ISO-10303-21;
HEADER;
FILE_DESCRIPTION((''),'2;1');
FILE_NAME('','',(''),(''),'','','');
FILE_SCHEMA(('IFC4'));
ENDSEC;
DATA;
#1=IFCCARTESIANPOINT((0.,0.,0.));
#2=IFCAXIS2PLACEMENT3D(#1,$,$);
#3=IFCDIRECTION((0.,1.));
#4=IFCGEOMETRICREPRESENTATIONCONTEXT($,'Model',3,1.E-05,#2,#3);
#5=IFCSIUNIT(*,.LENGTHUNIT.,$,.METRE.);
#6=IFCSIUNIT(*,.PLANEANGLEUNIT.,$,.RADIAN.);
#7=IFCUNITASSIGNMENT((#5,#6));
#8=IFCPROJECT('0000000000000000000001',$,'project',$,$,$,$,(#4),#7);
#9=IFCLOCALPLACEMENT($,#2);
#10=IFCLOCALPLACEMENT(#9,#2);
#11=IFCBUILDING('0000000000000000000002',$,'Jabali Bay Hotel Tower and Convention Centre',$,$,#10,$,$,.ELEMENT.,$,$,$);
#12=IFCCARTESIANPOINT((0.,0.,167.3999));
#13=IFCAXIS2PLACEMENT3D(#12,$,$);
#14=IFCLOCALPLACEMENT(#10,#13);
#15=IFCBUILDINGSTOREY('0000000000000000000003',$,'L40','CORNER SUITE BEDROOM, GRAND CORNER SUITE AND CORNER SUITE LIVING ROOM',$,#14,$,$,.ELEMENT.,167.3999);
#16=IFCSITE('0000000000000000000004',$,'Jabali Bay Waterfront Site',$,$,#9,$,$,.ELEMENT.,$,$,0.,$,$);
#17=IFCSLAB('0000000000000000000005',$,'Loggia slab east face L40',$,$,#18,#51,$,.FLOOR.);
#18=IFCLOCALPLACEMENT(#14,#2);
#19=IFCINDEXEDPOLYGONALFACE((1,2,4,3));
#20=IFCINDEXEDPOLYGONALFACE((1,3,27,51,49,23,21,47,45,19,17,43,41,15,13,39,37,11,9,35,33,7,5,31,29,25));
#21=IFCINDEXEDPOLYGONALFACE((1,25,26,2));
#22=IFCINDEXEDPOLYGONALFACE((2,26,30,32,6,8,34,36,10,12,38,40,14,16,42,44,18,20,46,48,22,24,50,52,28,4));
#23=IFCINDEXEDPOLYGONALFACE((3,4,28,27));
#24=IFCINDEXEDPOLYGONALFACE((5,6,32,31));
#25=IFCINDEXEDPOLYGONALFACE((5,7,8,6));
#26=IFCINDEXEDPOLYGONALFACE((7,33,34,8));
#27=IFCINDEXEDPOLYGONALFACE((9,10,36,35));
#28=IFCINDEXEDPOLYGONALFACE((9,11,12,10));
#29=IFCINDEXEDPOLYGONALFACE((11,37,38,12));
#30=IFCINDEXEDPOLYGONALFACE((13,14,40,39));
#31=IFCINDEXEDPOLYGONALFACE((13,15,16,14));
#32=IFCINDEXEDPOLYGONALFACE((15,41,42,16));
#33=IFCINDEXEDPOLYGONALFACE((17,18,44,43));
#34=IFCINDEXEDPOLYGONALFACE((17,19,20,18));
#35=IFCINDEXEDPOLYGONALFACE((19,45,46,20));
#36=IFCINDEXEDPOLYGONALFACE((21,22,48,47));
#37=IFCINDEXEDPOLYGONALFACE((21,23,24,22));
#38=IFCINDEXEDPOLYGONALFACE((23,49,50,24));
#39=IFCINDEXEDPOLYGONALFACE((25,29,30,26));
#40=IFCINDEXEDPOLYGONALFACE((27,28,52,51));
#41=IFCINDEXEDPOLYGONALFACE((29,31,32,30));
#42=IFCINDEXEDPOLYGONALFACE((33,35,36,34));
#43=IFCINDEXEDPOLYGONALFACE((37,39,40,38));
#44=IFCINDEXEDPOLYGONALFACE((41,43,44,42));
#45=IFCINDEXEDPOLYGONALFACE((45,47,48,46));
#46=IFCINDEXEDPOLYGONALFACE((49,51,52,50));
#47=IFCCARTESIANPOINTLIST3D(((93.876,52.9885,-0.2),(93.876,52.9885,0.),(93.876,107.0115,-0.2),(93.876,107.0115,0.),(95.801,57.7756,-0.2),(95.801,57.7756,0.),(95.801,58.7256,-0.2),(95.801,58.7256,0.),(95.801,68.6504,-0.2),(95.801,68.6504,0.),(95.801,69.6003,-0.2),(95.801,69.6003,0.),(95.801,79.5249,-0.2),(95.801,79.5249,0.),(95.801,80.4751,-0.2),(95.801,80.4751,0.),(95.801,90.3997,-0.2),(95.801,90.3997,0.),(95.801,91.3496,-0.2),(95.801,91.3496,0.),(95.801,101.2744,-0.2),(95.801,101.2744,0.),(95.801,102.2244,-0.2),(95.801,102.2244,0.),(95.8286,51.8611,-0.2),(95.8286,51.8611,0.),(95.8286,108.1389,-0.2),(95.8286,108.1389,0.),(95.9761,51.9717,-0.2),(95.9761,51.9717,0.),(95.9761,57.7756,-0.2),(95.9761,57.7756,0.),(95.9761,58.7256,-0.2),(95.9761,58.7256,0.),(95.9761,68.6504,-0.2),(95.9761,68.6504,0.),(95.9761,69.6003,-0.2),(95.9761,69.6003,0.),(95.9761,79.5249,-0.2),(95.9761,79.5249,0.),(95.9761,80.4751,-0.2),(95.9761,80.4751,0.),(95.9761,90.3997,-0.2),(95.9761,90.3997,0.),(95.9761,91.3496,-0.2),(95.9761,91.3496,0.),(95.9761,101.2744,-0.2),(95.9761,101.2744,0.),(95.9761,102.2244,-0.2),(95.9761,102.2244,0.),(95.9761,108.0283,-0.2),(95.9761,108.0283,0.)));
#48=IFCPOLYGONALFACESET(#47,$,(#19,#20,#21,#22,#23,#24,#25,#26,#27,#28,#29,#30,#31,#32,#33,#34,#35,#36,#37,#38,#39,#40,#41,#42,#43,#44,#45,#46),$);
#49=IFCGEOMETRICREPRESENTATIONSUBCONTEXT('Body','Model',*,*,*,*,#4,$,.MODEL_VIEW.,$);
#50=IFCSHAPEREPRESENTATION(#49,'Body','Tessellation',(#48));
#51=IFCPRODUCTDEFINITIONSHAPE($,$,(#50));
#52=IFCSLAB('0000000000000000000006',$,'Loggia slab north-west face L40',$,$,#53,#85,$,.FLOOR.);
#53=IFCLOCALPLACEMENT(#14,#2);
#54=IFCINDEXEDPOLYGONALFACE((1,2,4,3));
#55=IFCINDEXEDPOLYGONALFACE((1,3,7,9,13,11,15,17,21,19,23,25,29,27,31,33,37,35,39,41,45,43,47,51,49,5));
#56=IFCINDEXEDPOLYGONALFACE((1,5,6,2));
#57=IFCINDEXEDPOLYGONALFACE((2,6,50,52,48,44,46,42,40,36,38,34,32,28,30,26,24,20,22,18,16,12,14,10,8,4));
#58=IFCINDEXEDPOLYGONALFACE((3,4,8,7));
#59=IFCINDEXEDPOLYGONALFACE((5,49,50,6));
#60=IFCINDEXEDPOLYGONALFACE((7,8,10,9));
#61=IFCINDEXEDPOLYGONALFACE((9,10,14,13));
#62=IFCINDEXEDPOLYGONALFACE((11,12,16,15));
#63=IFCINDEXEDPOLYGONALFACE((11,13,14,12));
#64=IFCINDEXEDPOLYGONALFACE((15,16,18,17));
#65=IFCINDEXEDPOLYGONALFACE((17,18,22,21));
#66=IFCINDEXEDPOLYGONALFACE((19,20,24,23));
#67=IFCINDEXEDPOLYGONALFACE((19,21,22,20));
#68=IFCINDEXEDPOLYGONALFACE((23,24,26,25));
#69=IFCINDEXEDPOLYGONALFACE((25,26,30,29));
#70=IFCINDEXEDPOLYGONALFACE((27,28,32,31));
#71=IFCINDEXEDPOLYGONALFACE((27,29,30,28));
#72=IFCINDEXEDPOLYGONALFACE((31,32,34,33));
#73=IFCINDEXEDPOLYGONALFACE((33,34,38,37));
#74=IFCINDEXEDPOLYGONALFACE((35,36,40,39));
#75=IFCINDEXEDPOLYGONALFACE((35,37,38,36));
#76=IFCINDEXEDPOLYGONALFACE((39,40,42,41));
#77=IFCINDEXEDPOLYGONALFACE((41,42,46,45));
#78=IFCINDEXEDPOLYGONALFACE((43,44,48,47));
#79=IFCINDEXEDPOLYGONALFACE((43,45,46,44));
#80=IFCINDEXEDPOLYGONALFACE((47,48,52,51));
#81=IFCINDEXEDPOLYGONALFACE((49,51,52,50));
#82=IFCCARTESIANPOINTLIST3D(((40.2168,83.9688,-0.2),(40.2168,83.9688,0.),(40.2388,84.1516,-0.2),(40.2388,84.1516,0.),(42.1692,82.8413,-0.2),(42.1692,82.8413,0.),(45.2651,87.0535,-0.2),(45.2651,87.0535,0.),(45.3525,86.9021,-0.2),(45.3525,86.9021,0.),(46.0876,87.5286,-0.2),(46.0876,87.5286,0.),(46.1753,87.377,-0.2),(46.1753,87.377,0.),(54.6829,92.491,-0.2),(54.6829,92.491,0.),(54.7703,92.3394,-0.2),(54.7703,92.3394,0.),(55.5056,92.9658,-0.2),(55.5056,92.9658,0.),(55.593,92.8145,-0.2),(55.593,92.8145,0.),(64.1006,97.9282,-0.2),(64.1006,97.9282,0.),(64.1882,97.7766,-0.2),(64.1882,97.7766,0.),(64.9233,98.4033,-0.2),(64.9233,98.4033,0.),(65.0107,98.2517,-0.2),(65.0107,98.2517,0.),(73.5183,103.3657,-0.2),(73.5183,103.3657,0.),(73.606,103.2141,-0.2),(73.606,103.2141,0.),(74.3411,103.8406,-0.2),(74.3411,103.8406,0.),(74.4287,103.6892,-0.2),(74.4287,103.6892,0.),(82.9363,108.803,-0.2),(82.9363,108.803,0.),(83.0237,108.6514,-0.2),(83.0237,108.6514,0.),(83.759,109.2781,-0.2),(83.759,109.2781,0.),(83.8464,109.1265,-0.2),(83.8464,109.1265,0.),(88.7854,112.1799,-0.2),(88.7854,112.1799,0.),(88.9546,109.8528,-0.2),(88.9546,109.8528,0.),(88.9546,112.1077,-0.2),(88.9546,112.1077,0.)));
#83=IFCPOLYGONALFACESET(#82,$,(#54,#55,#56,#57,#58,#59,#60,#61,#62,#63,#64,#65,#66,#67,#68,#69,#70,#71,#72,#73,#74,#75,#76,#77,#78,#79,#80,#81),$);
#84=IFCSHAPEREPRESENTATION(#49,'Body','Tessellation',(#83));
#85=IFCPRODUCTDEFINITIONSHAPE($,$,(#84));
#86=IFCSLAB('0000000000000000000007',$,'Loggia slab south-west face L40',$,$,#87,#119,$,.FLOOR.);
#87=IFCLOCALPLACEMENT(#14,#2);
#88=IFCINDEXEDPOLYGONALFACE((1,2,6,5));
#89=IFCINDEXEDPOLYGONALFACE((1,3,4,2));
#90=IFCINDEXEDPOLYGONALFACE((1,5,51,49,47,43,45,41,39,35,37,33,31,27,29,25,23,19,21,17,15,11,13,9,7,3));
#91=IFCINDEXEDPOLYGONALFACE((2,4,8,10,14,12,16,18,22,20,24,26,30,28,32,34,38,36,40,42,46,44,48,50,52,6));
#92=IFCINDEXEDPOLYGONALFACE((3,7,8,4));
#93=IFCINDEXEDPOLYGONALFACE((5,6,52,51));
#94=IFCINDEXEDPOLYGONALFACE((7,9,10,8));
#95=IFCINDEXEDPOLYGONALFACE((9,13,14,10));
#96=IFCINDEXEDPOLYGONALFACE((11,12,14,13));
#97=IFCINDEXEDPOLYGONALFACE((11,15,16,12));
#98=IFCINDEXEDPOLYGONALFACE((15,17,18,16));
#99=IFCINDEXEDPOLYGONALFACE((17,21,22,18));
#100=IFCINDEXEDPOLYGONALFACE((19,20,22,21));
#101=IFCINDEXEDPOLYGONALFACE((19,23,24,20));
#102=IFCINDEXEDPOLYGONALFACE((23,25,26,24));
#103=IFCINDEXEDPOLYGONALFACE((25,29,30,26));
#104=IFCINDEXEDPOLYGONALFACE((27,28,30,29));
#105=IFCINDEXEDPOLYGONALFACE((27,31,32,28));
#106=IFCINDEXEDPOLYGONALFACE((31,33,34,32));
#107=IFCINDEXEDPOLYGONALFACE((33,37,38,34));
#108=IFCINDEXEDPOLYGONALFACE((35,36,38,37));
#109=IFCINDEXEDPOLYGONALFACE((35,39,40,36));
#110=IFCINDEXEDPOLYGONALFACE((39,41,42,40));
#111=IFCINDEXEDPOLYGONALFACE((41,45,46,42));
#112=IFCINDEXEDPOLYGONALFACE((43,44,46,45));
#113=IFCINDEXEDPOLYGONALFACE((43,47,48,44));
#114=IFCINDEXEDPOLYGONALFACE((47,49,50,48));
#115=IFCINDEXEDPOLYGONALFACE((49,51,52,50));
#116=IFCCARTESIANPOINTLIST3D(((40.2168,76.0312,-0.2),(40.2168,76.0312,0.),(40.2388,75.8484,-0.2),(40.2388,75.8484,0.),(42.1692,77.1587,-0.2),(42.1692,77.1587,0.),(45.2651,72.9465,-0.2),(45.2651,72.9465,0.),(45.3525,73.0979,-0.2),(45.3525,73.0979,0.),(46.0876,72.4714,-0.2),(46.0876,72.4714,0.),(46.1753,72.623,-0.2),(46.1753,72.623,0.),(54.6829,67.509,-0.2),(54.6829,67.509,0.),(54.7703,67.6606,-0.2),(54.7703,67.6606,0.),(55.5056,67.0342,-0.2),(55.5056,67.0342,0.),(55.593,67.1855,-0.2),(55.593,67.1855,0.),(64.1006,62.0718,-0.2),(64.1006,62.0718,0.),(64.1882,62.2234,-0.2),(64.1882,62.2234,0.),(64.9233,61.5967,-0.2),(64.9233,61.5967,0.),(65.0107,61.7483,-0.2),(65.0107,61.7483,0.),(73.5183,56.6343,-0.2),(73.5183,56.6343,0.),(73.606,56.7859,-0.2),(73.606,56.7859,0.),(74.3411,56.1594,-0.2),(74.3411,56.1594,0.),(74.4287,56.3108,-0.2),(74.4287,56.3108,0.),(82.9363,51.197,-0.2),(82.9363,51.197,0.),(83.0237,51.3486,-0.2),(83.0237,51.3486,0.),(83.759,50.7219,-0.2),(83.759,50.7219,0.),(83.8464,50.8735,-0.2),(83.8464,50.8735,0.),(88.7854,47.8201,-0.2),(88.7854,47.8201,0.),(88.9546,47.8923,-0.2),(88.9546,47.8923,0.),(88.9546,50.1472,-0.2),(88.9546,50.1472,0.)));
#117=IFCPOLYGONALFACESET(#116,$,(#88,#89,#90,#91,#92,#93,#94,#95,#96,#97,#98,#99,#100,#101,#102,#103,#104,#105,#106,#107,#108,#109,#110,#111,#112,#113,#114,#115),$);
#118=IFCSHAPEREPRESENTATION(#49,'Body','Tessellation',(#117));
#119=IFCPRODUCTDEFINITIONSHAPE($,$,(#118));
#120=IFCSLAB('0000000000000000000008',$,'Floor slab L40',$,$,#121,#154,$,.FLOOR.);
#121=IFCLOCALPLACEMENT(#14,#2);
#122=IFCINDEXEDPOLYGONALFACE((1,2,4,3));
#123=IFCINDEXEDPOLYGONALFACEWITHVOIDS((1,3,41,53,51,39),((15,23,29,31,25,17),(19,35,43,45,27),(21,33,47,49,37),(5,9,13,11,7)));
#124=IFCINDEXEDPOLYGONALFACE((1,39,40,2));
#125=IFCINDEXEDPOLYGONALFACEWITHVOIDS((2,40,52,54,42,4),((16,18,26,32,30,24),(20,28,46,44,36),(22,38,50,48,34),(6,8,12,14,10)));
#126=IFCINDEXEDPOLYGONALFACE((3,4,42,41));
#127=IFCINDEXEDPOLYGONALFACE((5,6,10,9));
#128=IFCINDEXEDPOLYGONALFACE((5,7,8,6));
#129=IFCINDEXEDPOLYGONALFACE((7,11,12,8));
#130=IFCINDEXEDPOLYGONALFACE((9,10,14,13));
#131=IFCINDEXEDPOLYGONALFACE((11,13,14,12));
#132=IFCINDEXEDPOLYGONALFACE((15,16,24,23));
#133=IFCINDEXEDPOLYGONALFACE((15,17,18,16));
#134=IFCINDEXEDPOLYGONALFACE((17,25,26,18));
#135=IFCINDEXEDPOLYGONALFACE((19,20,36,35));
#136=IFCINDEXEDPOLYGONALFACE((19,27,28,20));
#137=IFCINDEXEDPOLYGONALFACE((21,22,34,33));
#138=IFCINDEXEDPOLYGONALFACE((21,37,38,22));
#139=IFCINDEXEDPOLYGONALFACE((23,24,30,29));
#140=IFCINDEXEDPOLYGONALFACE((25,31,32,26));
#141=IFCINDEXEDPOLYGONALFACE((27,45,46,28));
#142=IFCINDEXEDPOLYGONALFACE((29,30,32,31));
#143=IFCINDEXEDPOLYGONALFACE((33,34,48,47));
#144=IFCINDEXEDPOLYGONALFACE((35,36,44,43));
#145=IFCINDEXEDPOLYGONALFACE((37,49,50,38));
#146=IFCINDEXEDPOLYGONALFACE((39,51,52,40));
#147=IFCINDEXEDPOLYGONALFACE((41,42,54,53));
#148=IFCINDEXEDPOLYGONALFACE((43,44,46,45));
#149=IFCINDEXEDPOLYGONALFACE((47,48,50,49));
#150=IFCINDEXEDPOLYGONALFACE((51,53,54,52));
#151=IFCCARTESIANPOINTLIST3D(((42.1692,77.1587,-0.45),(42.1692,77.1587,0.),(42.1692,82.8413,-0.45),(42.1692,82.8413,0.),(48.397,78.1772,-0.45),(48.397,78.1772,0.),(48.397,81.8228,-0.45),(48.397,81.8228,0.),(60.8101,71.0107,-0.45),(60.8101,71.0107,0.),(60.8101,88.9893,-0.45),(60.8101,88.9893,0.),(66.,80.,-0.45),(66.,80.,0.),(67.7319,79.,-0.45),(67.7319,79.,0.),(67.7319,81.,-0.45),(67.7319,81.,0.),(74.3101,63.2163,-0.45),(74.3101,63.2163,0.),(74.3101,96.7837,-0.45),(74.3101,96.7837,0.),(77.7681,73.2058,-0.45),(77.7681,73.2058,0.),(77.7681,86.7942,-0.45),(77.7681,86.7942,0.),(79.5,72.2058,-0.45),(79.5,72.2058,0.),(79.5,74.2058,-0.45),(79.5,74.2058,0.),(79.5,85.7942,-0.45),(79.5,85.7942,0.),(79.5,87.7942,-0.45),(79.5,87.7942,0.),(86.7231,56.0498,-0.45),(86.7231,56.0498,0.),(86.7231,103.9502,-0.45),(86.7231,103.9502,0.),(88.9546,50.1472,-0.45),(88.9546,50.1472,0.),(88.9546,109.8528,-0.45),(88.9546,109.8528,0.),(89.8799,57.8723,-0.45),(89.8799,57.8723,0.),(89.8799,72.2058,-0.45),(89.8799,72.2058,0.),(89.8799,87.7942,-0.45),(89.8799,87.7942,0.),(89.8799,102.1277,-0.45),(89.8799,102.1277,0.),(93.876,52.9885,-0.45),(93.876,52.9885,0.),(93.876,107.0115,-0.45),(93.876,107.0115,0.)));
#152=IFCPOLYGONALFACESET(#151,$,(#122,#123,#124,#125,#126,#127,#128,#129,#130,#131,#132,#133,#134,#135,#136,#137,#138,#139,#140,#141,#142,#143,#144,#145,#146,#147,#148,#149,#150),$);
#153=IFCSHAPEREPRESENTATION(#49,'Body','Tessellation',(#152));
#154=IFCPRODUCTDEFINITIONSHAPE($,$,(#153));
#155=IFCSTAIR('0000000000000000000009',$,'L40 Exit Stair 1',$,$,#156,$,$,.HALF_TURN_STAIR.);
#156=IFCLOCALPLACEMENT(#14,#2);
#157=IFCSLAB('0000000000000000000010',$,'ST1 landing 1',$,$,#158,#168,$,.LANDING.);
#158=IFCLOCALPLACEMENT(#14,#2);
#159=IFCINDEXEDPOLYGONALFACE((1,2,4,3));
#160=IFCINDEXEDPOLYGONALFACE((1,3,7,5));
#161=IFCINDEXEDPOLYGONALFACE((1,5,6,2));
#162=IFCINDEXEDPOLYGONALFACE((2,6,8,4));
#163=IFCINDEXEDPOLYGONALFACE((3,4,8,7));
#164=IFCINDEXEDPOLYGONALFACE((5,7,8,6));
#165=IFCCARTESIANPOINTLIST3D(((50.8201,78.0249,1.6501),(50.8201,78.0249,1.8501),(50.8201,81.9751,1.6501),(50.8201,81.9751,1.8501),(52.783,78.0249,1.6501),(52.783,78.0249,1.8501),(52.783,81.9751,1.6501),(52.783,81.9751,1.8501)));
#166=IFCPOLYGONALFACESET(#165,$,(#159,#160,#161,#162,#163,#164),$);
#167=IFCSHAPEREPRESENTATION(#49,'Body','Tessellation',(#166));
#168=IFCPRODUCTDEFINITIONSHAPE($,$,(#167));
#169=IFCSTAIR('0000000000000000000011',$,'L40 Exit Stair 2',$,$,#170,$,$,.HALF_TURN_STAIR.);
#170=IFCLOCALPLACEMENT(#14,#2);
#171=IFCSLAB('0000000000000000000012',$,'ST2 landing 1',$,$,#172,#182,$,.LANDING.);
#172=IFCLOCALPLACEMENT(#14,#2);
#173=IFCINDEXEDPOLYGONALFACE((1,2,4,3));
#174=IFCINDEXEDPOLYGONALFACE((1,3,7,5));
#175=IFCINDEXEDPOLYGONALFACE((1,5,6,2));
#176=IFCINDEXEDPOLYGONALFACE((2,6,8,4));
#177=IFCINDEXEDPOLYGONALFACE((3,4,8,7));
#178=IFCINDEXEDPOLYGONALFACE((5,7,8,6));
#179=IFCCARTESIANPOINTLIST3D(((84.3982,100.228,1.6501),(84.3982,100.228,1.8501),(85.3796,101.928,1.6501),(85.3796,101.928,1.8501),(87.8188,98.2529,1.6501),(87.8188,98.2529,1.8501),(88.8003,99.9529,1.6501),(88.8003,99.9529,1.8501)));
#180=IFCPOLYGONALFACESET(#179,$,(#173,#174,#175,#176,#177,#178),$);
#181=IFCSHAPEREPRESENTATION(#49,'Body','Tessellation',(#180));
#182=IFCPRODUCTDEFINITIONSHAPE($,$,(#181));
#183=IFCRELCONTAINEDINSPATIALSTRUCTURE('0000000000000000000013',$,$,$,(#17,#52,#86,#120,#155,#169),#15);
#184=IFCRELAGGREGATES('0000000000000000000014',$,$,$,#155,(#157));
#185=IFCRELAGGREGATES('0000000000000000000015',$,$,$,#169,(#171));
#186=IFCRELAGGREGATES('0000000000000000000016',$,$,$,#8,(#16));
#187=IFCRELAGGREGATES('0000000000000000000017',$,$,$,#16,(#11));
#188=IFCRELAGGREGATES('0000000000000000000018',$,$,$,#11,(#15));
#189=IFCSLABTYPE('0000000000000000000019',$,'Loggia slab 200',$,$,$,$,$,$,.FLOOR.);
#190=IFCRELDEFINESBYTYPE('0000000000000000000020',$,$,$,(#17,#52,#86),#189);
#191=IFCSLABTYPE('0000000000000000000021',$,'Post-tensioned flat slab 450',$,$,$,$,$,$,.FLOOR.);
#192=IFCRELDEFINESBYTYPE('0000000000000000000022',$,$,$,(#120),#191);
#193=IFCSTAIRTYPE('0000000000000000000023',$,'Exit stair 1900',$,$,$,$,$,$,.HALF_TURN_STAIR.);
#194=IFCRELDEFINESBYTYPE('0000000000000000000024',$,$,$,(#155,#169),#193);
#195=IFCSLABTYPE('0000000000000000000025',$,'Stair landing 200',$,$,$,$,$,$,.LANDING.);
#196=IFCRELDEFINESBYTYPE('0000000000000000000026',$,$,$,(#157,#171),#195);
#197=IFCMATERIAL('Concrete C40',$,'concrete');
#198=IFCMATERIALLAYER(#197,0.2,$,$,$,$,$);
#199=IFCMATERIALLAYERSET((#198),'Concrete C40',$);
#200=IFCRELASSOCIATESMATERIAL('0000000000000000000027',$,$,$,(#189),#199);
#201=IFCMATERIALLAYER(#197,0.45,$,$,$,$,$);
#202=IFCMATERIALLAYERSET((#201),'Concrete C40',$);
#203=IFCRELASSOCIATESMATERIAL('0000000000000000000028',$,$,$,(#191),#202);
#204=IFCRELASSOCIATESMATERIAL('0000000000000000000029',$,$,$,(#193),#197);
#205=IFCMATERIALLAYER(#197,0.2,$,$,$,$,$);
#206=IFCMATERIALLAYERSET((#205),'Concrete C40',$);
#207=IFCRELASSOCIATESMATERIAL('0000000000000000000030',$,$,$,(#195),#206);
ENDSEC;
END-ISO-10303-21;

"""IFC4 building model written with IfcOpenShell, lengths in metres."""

from ifc_helpers import new_model, si_unit, direction, frame, origin, place, context, subcontext, project, spatial, polyline, outline, extrude, material, layer, layer_set, type_object, element, aggregate, save


model = new_model("IFC4")

# Units and contexts
model_context = context("Model", 3, precision=1e-05, world=origin(), true_north=direction((0.0, 1.0)))
body_context = subcontext(model_context, "Body", "Model", "MODEL_VIEW")
ifc_project = project(units=[si_unit("LENGTHUNIT", "METRE"), si_unit("PLANEANGLEUNIT", "RADIAN")], contexts=[model_context])

# Site, building, storey
site_placement = place(None, origin())
site = spatial("IfcSite", under=ifc_project, at=site_placement, Name="Jabali Bay Waterfront Site", CompositionType="ELEMENT", RefElevation=0.0)
building_placement = place(site_placement, origin())
building = spatial("IfcBuilding", under=site, at=building_placement, Name="Jabali Bay Hotel Tower and Convention Centre", CompositionType="ELEMENT")
storey_placement = place(building_placement, frame((0.0, 0.0, 167.3999)))
storey = spatial("IfcBuildingStorey", under=building, at=storey_placement, Name="L40", Description="CORNER SUITE BEDROOM, GRAND CORNER SUITE AND CORNER SUITE LIVING ROOM", CompositionType="ELEMENT", Elevation=167.3999)

# Slabs
ifc_material_1 = material(Name="Concrete C40", Category="concrete")
ifc_layer_1 = layer(ifc_material_1, 0.2)
ifc_layer_set_1 = layer_set([ifc_layer_1], Name="Concrete C40")
slab_type_1 = type_object("IfcSlabType", Name="Loggia slab 200", PredefinedType="FLOOR", material=ifc_layer_set_1)
slab_1_placement = place(storey_placement, frame((0.0, 0.0, -0.2)))
element("IfcSlab", 1, at=slab_1_placement, inside=storey, type_object=slab_type_1, Name="Loggia slab east face L40", PredefinedType="FLOOR", context=body_context, shape_type="SweptSolid", body=[
    extrude(outline(polyline([(93.876, 107.0115), (95.8286, 108.1389), (95.9761, 108.0283), (95.9761, 102.2244), (95.801, 102.2244), (95.801, 101.2744), (95.9761, 101.2744), (95.9761, 91.3496), (95.801, 91.3496), (95.801, 90.3997), (95.9761, 90.3997), (95.9761, 80.4751), (95.801, 80.4751), (95.801, 79.5249), (95.9761, 79.5249), (95.9761, 69.6003), (95.801, 69.6003), (95.801, 68.6504), (95.9761, 68.6504), (95.9761, 58.7256), (95.801, 58.7256), (95.801, 57.7756), (95.9761, 57.7756), (95.9761, 51.9717), (95.8286, 51.8611), (93.876, 52.9885), (93.876, 107.0115)])), origin(), (0.0, 0.0, 1.0), 0.2),
])
slab_2_placement = place(storey_placement, frame((0.0, 0.0, -0.2)))
element("IfcSlab", 2, at=slab_2_placement, inside=storey, type_object=slab_type_1, Name="Loggia slab north-west face L40", PredefinedType="FLOOR", context=body_context, shape_type="SweptSolid", body=[
    extrude(outline(polyline([(42.1692, 82.8413), (40.2168, 83.9688), (40.2388, 84.1516), (45.2651, 87.0535), (45.3525, 86.9021), (46.1753, 87.377), (46.0876, 87.5286), (54.6829, 92.491), (54.7703, 92.3394), (55.593, 92.8145), (55.5056, 92.9658), (64.1006, 97.9282), (64.1882, 97.7766), (65.0107, 98.2517), (64.9233, 98.4033), (73.5183, 103.3657), (73.606, 103.2141), (74.4287, 103.6892), (74.3411, 103.8406), (82.9363, 108.803), (83.0237, 108.6514), (83.8464, 109.1265), (83.759, 109.2781), (88.7854, 112.1799), (88.9546, 112.1077), (88.9546, 109.8528), (42.1692, 82.8413)])), origin(), (0.0, 0.0, 1.0), 0.2),
])
slab_3_placement = place(storey_placement, frame((0.0, 0.0, -0.2)))
element("IfcSlab", 3, at=slab_3_placement, inside=storey, type_object=slab_type_1, Name="Loggia slab south-west face L40", PredefinedType="FLOOR", context=body_context, shape_type="SweptSolid", body=[
    extrude(outline(polyline([(88.9546, 50.1472), (88.9546, 47.8923), (88.7854, 47.8201), (83.759, 50.7219), (83.8464, 50.8735), (83.0237, 51.3486), (82.9363, 51.197), (74.3411, 56.1594), (74.4287, 56.3108), (73.606, 56.7859), (73.5183, 56.6343), (64.9233, 61.5967), (65.0107, 61.7483), (64.1882, 62.2234), (64.1006, 62.0718), (55.5056, 67.0342), (55.593, 67.1855), (54.7703, 67.6606), (54.6829, 67.509), (46.0876, 72.4714), (46.1753, 72.623), (45.3525, 73.0979), (45.2651, 72.9465), (40.2388, 75.8484), (40.2168, 76.0312), (42.1692, 77.1587), (88.9546, 50.1472)])), origin(), (0.0, 0.0, 1.0), 0.2),
])
ifc_layer_2 = layer(ifc_material_1, 0.45)
ifc_layer_set_2 = layer_set([ifc_layer_2], Name="Concrete C40")
slab_type_2 = type_object("IfcSlabType", Name="Post-tensioned flat slab 450", PredefinedType="FLOOR", material=ifc_layer_set_2)
slab_4_placement = place(storey_placement, frame((0.0, 0.0, -0.45)))
element("IfcSlab", 4, at=slab_4_placement, inside=storey, type_object=slab_type_2, Name="Floor slab L40", PredefinedType="FLOOR", context=body_context, shape_type="SweptSolid", body=[
    extrude(outline(polyline([(88.9546, 109.8528), (93.876, 107.0115), (93.876, 52.9885), (88.9546, 50.1472), (42.1692, 77.1587), (42.1692, 82.8413), (88.9546, 109.8528)]), holes=[polyline([(67.7319, 79.0), (77.7681, 73.2058), (79.5, 74.2058), (79.5, 85.7942), (77.7681, 86.7942), (67.7319, 81.0), (67.7319, 79.0)]), polyline([(48.397, 78.1772), (60.8101, 71.0107), (66.0, 80.0), (60.8101, 88.9893), (48.397, 81.8228), (48.397, 78.1772)]), polyline([(89.8799, 102.1277), (86.7231, 103.9502), (74.3101, 96.7837), (79.5, 87.7942), (89.8799, 87.7942), (89.8799, 102.1277)]), polyline([(74.3101, 63.2163), (86.7231, 56.0498), (89.8799, 57.8723), (89.8799, 72.2058), (79.5, 72.2058), (74.3101, 63.2163)])]), origin(), (0.0, 0.0, 1.0), 0.45),
])

# Stairs, slabs
stair_type = type_object("IfcStairType", Name="Exit stair 1900", PredefinedType="HALF_TURN_STAIR", material=ifc_material_1)
stair_1_placement = place(storey_placement, origin())
stair_1 = element("IfcStair", 5, at=stair_1_placement, inside=storey, type_object=stair_type, Name="L40 Exit Stair 1", PredefinedType="HALF_TURN_STAIR")
ifc_layer_3 = layer(ifc_material_1, 0.2)
ifc_layer_set_3 = layer_set([ifc_layer_3], Name="Concrete C40")
slab_type_3 = type_object("IfcSlabType", Name="Stair landing 200", PredefinedType="LANDING", material=ifc_layer_set_3)
slab_5_placement = place(storey_placement, frame((0.0, 0.0, 1.6501)))
slab_5 = element("IfcSlab", 6, at=slab_5_placement, type_object=slab_type_3, Name="ST1 landing 1", PredefinedType="LANDING", context=body_context, shape_type="SweptSolid", body=[
    extrude(outline(polyline([(52.783, 81.9751), (50.8201, 81.9751), (50.8201, 78.0249), (52.783, 78.0249), (52.783, 81.9751)])), origin(), (0.0, 0.0, 1.0), 0.2),
])
aggregate(stair_1, [slab_5])
stair_2_placement = place(storey_placement, origin())
stair_2 = element("IfcStair", 7, at=stair_2_placement, inside=storey, type_object=stair_type, Name="L40 Exit Stair 2", PredefinedType="HALF_TURN_STAIR")
slab_6_placement = place(storey_placement, frame((0.0, 0.0, 1.6501)))
slab_6 = element("IfcSlab", 8, at=slab_6_placement, type_object=slab_type_3, Name="ST2 landing 1", PredefinedType="LANDING", context=body_context, shape_type="SweptSolid", body=[
    extrude(outline(polyline([(87.8188, 98.2529), (88.8003, 99.9529), (85.3796, 101.928), (84.3982, 100.228), (87.8188, 98.2529)])), origin(), (0.0, 0.0, 1.0), 0.2),
])
aggregate(stair_2, [slab_6])

save(model, "model.ifc")
